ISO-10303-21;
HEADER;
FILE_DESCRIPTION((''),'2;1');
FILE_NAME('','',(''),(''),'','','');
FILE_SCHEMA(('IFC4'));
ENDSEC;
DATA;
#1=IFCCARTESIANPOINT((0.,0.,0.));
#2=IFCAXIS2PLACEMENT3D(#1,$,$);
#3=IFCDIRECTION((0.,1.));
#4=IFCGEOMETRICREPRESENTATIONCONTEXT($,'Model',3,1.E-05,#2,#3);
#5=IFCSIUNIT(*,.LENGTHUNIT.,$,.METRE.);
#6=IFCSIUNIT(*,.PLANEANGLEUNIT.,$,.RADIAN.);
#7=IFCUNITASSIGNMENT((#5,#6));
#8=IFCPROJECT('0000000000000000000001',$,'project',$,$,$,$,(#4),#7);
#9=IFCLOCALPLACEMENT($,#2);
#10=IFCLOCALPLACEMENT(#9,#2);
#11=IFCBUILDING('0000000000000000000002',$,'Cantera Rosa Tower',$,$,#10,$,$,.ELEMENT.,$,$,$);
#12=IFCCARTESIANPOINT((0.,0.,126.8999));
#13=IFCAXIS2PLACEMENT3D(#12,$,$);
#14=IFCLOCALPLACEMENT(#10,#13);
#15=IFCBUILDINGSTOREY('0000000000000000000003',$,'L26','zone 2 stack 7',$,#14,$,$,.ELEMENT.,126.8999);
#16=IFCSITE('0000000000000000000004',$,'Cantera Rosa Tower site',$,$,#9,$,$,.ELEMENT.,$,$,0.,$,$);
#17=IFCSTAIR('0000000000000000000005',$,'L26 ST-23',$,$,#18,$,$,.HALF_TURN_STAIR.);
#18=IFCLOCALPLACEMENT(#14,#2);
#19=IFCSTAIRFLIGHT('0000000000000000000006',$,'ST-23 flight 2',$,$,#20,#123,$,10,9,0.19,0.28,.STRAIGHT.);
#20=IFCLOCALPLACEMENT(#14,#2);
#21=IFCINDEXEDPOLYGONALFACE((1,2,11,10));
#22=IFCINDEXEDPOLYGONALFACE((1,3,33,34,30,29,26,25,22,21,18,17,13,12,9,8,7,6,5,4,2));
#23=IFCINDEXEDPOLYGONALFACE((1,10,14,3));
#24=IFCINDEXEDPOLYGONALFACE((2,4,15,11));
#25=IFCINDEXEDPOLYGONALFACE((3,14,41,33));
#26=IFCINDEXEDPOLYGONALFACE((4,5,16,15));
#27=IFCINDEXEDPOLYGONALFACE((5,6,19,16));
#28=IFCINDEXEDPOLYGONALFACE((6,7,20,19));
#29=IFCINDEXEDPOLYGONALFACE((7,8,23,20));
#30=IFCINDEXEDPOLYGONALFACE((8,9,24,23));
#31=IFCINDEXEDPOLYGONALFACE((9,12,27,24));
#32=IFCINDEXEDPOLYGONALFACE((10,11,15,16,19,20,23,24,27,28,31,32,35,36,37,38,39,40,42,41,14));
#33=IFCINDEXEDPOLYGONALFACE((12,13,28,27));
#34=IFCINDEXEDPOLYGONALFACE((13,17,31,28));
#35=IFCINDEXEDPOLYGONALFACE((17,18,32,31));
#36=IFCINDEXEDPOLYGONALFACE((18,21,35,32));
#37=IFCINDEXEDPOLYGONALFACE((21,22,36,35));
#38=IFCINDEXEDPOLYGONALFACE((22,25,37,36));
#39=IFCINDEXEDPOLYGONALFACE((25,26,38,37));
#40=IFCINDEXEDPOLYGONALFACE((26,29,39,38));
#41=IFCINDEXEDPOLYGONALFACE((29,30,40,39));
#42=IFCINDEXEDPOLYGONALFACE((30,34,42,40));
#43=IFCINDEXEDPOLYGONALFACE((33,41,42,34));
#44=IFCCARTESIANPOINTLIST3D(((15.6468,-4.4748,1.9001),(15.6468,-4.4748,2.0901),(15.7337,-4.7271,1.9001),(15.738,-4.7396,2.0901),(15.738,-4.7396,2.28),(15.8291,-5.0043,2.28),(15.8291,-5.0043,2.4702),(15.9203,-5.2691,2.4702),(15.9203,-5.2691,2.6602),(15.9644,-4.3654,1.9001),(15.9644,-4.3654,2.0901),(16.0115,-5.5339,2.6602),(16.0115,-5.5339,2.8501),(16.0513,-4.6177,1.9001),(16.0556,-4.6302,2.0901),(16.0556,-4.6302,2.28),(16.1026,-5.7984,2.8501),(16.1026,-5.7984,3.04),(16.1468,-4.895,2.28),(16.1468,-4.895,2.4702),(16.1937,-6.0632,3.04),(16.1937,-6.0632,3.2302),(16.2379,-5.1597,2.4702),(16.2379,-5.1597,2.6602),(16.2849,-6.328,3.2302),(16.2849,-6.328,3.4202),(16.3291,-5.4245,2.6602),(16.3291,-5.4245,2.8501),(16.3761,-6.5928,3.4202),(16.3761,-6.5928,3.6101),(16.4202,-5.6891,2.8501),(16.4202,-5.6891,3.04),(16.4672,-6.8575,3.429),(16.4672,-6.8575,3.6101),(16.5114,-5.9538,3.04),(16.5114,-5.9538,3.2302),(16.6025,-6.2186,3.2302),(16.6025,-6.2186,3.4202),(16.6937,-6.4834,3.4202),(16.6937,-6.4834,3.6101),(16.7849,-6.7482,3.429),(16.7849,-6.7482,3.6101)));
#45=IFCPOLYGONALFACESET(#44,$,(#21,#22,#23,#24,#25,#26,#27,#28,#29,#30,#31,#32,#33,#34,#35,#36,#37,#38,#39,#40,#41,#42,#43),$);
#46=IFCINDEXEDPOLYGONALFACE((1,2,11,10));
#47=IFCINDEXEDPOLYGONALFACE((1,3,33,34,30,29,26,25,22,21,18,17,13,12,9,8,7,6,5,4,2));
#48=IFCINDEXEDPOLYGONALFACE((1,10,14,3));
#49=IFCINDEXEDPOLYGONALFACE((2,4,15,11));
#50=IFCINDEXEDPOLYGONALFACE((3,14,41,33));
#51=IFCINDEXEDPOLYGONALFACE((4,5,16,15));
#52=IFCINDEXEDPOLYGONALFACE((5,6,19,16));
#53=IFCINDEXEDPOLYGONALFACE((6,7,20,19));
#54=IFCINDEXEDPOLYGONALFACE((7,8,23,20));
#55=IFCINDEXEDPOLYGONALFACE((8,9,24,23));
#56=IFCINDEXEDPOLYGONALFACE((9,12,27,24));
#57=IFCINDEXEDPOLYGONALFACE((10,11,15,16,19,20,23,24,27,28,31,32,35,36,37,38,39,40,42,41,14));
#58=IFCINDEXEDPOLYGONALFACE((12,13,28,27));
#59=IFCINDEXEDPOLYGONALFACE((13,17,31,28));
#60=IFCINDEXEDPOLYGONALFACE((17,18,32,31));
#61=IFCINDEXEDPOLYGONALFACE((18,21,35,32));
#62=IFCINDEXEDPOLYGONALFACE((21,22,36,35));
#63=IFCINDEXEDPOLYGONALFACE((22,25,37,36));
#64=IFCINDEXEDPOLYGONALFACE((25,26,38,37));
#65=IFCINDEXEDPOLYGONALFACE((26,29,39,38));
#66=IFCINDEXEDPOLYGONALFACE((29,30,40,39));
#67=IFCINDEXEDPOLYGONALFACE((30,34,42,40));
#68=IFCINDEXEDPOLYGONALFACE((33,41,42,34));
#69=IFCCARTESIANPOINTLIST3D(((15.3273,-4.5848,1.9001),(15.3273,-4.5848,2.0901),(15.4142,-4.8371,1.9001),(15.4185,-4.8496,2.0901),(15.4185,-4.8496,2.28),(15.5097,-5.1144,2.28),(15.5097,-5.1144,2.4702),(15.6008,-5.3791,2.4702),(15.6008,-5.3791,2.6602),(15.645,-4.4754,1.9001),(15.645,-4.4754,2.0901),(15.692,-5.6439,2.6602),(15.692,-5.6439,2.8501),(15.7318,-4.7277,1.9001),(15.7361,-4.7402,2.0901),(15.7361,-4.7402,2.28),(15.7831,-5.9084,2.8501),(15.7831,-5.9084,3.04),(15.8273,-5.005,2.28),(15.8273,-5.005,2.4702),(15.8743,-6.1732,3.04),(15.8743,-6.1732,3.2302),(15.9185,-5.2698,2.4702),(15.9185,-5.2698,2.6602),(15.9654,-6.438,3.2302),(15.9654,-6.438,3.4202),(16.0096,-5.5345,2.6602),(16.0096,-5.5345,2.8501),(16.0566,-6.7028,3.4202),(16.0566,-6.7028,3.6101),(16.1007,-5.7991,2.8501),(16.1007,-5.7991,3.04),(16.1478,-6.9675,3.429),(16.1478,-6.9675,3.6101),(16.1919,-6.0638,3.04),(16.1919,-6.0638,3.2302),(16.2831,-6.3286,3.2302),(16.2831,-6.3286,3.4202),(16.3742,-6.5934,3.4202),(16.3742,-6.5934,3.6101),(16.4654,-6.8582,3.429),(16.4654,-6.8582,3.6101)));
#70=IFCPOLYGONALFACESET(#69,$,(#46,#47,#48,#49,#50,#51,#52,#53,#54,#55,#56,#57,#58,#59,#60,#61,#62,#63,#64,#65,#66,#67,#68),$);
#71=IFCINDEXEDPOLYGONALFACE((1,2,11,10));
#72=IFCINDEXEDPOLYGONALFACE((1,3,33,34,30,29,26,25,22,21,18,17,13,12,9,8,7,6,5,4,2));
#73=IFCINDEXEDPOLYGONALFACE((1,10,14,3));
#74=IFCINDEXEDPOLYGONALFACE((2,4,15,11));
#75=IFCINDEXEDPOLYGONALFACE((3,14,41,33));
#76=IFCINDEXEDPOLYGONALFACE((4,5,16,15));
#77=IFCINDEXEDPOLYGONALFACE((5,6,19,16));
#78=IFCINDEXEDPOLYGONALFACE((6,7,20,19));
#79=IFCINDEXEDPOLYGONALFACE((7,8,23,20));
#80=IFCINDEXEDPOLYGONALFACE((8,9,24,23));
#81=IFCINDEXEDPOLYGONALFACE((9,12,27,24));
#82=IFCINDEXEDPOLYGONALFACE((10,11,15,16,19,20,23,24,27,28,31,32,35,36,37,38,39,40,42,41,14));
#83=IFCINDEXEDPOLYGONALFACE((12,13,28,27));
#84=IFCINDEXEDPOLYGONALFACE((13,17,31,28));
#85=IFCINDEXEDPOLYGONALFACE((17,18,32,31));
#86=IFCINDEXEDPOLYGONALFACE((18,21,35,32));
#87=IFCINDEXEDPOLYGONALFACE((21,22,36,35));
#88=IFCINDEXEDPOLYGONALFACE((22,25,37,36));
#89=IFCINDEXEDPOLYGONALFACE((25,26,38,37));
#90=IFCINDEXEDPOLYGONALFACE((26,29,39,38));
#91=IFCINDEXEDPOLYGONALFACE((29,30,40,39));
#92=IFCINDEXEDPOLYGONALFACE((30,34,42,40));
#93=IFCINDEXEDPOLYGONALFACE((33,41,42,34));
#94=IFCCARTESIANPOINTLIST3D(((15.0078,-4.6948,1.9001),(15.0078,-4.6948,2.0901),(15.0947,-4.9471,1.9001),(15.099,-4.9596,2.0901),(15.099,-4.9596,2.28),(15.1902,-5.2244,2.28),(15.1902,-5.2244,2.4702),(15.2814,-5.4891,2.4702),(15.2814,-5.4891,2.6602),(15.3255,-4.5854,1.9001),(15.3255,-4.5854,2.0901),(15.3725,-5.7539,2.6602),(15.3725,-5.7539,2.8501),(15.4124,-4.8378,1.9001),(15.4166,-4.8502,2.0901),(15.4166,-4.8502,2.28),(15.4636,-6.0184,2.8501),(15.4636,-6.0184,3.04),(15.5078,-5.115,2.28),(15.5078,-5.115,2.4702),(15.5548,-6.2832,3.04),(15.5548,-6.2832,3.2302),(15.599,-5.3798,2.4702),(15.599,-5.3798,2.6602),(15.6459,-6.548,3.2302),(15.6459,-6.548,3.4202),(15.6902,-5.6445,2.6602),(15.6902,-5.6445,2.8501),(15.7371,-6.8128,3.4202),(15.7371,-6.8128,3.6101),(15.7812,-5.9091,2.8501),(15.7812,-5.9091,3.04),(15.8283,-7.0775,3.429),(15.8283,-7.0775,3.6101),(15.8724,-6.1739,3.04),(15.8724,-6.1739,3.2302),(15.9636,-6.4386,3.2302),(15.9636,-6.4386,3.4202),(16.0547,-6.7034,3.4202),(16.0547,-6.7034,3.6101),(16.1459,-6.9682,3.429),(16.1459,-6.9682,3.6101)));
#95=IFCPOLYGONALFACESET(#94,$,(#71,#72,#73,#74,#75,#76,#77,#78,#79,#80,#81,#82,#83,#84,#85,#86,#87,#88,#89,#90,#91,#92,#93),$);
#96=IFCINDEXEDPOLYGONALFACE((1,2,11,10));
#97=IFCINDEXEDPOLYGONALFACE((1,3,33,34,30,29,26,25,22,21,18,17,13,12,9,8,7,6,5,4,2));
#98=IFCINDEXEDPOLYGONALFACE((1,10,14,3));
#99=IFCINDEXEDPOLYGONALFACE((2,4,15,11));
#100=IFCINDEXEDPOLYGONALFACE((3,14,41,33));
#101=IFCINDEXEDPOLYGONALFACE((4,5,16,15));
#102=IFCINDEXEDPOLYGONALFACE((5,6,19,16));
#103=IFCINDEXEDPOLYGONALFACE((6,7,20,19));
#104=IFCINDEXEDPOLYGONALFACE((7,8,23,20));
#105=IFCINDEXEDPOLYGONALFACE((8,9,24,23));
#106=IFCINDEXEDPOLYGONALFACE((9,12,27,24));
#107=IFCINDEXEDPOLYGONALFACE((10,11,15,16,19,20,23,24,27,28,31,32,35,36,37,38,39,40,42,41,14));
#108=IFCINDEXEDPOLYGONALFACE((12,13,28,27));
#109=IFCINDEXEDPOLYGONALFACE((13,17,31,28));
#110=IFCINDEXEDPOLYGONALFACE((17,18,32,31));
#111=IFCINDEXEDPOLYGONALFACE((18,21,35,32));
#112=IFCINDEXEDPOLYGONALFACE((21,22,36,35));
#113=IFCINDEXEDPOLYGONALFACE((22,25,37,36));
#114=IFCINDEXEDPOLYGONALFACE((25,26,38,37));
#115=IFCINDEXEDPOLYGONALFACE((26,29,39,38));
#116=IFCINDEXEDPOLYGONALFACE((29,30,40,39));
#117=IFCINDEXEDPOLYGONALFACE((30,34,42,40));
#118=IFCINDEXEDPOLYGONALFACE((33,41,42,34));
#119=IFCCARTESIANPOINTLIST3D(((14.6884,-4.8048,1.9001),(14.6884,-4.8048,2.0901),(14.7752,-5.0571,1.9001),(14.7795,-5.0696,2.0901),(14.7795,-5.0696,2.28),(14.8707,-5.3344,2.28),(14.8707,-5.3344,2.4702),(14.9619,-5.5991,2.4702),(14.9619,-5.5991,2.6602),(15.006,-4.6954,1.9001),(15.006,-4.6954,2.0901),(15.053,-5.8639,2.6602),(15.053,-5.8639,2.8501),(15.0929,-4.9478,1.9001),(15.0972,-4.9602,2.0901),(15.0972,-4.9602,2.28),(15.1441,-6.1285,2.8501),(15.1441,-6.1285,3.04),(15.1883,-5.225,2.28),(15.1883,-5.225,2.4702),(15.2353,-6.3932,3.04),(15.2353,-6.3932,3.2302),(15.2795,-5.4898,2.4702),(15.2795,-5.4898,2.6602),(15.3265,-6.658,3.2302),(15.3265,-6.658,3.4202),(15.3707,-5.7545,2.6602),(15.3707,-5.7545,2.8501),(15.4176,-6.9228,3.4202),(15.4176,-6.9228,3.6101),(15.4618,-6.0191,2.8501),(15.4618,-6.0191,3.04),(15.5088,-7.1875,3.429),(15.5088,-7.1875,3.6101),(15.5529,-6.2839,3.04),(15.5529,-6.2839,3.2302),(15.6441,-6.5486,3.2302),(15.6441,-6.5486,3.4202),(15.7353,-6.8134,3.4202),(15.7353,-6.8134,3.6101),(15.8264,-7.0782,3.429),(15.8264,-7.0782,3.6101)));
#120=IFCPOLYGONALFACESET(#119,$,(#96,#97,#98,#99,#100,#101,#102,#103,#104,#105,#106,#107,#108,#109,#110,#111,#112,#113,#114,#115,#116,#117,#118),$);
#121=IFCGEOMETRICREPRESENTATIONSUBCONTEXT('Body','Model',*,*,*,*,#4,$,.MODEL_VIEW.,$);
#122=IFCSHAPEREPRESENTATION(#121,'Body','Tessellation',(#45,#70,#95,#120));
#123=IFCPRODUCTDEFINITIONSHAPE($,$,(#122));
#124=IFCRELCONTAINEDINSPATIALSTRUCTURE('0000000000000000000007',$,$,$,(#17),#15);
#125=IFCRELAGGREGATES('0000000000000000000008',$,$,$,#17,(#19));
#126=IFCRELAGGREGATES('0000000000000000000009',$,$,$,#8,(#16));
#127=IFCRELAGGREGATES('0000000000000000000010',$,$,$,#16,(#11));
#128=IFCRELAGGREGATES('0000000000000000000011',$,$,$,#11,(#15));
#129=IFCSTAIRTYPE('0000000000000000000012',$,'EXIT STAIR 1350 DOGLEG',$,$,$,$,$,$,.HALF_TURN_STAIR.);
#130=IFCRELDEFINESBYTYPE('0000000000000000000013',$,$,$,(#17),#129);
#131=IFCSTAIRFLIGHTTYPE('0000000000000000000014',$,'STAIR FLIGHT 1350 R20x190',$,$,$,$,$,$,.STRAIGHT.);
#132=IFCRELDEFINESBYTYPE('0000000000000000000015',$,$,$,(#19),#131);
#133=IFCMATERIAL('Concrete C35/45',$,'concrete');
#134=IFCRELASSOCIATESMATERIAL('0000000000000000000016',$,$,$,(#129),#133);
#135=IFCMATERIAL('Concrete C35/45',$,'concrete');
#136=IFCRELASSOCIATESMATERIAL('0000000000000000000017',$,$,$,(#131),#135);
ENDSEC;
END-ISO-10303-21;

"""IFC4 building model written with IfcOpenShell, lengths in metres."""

from ifc_helpers import new_model, si_unit, direction, frame, origin, place, context, subcontext, project, spatial, polyline, outline, extrude, material, type_object, element, aggregate, save


model = new_model("IFC4")

# Units and contexts
model_context = context("Model", 3, precision=1e-05, world=origin(), true_north=direction((0.0, 1.0)))
body_context = subcontext(model_context, "Body", "Model", "MODEL_VIEW")
ifc_project = project(units=[si_unit("LENGTHUNIT", "METRE"), si_unit("PLANEANGLEUNIT", "RADIAN")], contexts=[model_context])

# Site, building, storey
site_placement = place(None, origin())
site = spatial("IfcSite", under=ifc_project, at=site_placement, Name="Cantera Rosa Tower site", CompositionType="ELEMENT", RefElevation=0.0)
building_placement = place(site_placement, origin())
building = spatial("IfcBuilding", under=site, at=building_placement, Name="Cantera Rosa Tower", CompositionType="ELEMENT")
storey_placement = place(building_placement, frame((0.0, 0.0, 126.8999)))
storey = spatial("IfcBuildingStorey", under=building, at=storey_placement, Name="L26", Description="zone 2 stack 7", CompositionType="ELEMENT", Elevation=126.8999)

# Stair, stair flight
ifc_material_1 = material(Name="Concrete C35/45", Category="concrete")
stair_type = type_object("IfcStairType", Name="EXIT STAIR 1350 DOGLEG", PredefinedType="HALF_TURN_STAIR", material=ifc_material_1)
stair_placement = place(storey_placement, origin())
stair = element("IfcStair", 1, at=stair_placement, inside=storey, type_object=stair_type, Name="L26 ST-23", PredefinedType="HALF_TURN_STAIR")
ifc_material_2 = material(Name="Concrete C35/45", Category="concrete")
stair_flight_type = type_object("IfcStairFlightType", Name="STAIR FLIGHT 1350 R20x190", PredefinedType="STRAIGHT", material=ifc_material_2)
stair_flight_1_placement = place(storey_placement, frame((15.3262, -4.5852, 1.9001), z_axis=(0.0, 0.0, 1.0), x_axis=(0.325568, -0.945519, 0.0)))
stair_flight_1 = element("IfcStairFlight", 2, at=stair_flight_1_placement, type_object=stair_flight_type, Name="ST-23 flight 2", NumberOfRisers=10, NumberOfTreads=9, PredefinedType="STRAIGHT", RiserHeight=0.19, TreadLength=0.28, context=body_context, shape_type="SweptSolid", body=[
    extrude(outline(polyline([(0.0, 0.0), (0.0, 0.1899), (0.28, 0.1899), (0.28, 0.3799), (0.5601, 0.3799), (0.5601, 0.5701), (0.8401, 0.5701), (0.8401, 0.76), (1.1201, 0.76), (1.1201, 0.95), (1.3999, 0.95), (1.3999, 1.1399), (1.6799, 1.1399), (1.6799, 1.3301), (1.96, 1.3301), (1.96, 1.52), (2.24, 1.52), (2.24, 1.71), (2.52, 1.71), (2.52, 1.8999), (2.52, 1.5288), (0.2668, 0.0), (0.0, 0.0)])), frame((0.0, 0.675, 0.0), z_axis=(0.0, -1.0, 0.0), x_axis=(1.0, 0.0, 0.0)), (0.0, 0.0, 1.0), 0.3359),
    extrude(outline(polyline([(0.0, 0.0), (0.0, 0.1899), (0.28, 0.1899), (0.28, 0.3799), (0.5601, 0.3799), (0.5601, 0.5701), (0.8401, 0.5701), (0.8401, 0.76), (1.1201, 0.76), (1.1201, 0.95), (1.3999, 0.95), (1.3999, 1.1399), (1.6799, 1.1399), (1.6799, 1.3301), (1.96, 1.3301), (1.96, 1.52), (2.24, 1.52), (2.24, 1.71), (2.52, 1.71), (2.52, 1.8999), (2.52, 1.5288), (0.2668, 0.0), (0.0, 0.0)])), frame((0.0, 0.3372, 0.0), z_axis=(0.0, -1.0, 0.0), x_axis=(1.0, 0.0, 0.0)), (0.0, 0.0, 1.0), 0.3359),
    extrude(outline(polyline([(0.0, 0.0), (0.0, 0.1899), (0.28, 0.1899), (0.28, 0.3799), (0.5601, 0.3799), (0.5601, 0.5701), (0.8401, 0.5701), (0.8401, 0.76), (1.1201, 0.76), (1.1201, 0.95), (1.3999, 0.95), (1.3999, 1.1399), (1.6799, 1.1399), (1.6799, 1.3301), (1.96, 1.3301), (1.96, 1.52), (2.24, 1.52), (2.24, 1.71), (2.52, 1.71), (2.52, 1.8999), (2.52, 1.5288), (0.2668, 0.0), (0.0, 0.0)])), frame((0.0, -0.0007, 0.0), z_axis=(0.0, -1.0, 0.0), x_axis=(1.0, 0.0, 0.0)), (0.0, 0.0, 1.0), 0.3359),
    extrude(outline(polyline([(0.0, 0.0), (0.0, 0.1899), (0.28, 0.1899), (0.28, 0.3799), (0.5601, 0.3799), (0.5601, 0.5701), (0.8401, 0.5701), (0.8401, 0.76), (1.1201, 0.76), (1.1201, 0.95), (1.3999, 0.95), (1.3999, 1.1399), (1.6799, 1.1399), (1.6799, 1.3301), (1.96, 1.3301), (1.96, 1.52), (2.24, 1.52), (2.24, 1.71), (2.52, 1.71), (2.52, 1.8999), (2.52, 1.5288), (0.2668, 0.0), (0.0, 0.0)])), frame((0.0, -0.3386, 0.0), z_axis=(0.0, -1.0, 0.0), x_axis=(1.0, 0.0, 0.0)), (0.0, 0.0, 1.0), 0.3359),
])
aggregate(stair, [stair_flight_1])

save(model, "model.ifc")
